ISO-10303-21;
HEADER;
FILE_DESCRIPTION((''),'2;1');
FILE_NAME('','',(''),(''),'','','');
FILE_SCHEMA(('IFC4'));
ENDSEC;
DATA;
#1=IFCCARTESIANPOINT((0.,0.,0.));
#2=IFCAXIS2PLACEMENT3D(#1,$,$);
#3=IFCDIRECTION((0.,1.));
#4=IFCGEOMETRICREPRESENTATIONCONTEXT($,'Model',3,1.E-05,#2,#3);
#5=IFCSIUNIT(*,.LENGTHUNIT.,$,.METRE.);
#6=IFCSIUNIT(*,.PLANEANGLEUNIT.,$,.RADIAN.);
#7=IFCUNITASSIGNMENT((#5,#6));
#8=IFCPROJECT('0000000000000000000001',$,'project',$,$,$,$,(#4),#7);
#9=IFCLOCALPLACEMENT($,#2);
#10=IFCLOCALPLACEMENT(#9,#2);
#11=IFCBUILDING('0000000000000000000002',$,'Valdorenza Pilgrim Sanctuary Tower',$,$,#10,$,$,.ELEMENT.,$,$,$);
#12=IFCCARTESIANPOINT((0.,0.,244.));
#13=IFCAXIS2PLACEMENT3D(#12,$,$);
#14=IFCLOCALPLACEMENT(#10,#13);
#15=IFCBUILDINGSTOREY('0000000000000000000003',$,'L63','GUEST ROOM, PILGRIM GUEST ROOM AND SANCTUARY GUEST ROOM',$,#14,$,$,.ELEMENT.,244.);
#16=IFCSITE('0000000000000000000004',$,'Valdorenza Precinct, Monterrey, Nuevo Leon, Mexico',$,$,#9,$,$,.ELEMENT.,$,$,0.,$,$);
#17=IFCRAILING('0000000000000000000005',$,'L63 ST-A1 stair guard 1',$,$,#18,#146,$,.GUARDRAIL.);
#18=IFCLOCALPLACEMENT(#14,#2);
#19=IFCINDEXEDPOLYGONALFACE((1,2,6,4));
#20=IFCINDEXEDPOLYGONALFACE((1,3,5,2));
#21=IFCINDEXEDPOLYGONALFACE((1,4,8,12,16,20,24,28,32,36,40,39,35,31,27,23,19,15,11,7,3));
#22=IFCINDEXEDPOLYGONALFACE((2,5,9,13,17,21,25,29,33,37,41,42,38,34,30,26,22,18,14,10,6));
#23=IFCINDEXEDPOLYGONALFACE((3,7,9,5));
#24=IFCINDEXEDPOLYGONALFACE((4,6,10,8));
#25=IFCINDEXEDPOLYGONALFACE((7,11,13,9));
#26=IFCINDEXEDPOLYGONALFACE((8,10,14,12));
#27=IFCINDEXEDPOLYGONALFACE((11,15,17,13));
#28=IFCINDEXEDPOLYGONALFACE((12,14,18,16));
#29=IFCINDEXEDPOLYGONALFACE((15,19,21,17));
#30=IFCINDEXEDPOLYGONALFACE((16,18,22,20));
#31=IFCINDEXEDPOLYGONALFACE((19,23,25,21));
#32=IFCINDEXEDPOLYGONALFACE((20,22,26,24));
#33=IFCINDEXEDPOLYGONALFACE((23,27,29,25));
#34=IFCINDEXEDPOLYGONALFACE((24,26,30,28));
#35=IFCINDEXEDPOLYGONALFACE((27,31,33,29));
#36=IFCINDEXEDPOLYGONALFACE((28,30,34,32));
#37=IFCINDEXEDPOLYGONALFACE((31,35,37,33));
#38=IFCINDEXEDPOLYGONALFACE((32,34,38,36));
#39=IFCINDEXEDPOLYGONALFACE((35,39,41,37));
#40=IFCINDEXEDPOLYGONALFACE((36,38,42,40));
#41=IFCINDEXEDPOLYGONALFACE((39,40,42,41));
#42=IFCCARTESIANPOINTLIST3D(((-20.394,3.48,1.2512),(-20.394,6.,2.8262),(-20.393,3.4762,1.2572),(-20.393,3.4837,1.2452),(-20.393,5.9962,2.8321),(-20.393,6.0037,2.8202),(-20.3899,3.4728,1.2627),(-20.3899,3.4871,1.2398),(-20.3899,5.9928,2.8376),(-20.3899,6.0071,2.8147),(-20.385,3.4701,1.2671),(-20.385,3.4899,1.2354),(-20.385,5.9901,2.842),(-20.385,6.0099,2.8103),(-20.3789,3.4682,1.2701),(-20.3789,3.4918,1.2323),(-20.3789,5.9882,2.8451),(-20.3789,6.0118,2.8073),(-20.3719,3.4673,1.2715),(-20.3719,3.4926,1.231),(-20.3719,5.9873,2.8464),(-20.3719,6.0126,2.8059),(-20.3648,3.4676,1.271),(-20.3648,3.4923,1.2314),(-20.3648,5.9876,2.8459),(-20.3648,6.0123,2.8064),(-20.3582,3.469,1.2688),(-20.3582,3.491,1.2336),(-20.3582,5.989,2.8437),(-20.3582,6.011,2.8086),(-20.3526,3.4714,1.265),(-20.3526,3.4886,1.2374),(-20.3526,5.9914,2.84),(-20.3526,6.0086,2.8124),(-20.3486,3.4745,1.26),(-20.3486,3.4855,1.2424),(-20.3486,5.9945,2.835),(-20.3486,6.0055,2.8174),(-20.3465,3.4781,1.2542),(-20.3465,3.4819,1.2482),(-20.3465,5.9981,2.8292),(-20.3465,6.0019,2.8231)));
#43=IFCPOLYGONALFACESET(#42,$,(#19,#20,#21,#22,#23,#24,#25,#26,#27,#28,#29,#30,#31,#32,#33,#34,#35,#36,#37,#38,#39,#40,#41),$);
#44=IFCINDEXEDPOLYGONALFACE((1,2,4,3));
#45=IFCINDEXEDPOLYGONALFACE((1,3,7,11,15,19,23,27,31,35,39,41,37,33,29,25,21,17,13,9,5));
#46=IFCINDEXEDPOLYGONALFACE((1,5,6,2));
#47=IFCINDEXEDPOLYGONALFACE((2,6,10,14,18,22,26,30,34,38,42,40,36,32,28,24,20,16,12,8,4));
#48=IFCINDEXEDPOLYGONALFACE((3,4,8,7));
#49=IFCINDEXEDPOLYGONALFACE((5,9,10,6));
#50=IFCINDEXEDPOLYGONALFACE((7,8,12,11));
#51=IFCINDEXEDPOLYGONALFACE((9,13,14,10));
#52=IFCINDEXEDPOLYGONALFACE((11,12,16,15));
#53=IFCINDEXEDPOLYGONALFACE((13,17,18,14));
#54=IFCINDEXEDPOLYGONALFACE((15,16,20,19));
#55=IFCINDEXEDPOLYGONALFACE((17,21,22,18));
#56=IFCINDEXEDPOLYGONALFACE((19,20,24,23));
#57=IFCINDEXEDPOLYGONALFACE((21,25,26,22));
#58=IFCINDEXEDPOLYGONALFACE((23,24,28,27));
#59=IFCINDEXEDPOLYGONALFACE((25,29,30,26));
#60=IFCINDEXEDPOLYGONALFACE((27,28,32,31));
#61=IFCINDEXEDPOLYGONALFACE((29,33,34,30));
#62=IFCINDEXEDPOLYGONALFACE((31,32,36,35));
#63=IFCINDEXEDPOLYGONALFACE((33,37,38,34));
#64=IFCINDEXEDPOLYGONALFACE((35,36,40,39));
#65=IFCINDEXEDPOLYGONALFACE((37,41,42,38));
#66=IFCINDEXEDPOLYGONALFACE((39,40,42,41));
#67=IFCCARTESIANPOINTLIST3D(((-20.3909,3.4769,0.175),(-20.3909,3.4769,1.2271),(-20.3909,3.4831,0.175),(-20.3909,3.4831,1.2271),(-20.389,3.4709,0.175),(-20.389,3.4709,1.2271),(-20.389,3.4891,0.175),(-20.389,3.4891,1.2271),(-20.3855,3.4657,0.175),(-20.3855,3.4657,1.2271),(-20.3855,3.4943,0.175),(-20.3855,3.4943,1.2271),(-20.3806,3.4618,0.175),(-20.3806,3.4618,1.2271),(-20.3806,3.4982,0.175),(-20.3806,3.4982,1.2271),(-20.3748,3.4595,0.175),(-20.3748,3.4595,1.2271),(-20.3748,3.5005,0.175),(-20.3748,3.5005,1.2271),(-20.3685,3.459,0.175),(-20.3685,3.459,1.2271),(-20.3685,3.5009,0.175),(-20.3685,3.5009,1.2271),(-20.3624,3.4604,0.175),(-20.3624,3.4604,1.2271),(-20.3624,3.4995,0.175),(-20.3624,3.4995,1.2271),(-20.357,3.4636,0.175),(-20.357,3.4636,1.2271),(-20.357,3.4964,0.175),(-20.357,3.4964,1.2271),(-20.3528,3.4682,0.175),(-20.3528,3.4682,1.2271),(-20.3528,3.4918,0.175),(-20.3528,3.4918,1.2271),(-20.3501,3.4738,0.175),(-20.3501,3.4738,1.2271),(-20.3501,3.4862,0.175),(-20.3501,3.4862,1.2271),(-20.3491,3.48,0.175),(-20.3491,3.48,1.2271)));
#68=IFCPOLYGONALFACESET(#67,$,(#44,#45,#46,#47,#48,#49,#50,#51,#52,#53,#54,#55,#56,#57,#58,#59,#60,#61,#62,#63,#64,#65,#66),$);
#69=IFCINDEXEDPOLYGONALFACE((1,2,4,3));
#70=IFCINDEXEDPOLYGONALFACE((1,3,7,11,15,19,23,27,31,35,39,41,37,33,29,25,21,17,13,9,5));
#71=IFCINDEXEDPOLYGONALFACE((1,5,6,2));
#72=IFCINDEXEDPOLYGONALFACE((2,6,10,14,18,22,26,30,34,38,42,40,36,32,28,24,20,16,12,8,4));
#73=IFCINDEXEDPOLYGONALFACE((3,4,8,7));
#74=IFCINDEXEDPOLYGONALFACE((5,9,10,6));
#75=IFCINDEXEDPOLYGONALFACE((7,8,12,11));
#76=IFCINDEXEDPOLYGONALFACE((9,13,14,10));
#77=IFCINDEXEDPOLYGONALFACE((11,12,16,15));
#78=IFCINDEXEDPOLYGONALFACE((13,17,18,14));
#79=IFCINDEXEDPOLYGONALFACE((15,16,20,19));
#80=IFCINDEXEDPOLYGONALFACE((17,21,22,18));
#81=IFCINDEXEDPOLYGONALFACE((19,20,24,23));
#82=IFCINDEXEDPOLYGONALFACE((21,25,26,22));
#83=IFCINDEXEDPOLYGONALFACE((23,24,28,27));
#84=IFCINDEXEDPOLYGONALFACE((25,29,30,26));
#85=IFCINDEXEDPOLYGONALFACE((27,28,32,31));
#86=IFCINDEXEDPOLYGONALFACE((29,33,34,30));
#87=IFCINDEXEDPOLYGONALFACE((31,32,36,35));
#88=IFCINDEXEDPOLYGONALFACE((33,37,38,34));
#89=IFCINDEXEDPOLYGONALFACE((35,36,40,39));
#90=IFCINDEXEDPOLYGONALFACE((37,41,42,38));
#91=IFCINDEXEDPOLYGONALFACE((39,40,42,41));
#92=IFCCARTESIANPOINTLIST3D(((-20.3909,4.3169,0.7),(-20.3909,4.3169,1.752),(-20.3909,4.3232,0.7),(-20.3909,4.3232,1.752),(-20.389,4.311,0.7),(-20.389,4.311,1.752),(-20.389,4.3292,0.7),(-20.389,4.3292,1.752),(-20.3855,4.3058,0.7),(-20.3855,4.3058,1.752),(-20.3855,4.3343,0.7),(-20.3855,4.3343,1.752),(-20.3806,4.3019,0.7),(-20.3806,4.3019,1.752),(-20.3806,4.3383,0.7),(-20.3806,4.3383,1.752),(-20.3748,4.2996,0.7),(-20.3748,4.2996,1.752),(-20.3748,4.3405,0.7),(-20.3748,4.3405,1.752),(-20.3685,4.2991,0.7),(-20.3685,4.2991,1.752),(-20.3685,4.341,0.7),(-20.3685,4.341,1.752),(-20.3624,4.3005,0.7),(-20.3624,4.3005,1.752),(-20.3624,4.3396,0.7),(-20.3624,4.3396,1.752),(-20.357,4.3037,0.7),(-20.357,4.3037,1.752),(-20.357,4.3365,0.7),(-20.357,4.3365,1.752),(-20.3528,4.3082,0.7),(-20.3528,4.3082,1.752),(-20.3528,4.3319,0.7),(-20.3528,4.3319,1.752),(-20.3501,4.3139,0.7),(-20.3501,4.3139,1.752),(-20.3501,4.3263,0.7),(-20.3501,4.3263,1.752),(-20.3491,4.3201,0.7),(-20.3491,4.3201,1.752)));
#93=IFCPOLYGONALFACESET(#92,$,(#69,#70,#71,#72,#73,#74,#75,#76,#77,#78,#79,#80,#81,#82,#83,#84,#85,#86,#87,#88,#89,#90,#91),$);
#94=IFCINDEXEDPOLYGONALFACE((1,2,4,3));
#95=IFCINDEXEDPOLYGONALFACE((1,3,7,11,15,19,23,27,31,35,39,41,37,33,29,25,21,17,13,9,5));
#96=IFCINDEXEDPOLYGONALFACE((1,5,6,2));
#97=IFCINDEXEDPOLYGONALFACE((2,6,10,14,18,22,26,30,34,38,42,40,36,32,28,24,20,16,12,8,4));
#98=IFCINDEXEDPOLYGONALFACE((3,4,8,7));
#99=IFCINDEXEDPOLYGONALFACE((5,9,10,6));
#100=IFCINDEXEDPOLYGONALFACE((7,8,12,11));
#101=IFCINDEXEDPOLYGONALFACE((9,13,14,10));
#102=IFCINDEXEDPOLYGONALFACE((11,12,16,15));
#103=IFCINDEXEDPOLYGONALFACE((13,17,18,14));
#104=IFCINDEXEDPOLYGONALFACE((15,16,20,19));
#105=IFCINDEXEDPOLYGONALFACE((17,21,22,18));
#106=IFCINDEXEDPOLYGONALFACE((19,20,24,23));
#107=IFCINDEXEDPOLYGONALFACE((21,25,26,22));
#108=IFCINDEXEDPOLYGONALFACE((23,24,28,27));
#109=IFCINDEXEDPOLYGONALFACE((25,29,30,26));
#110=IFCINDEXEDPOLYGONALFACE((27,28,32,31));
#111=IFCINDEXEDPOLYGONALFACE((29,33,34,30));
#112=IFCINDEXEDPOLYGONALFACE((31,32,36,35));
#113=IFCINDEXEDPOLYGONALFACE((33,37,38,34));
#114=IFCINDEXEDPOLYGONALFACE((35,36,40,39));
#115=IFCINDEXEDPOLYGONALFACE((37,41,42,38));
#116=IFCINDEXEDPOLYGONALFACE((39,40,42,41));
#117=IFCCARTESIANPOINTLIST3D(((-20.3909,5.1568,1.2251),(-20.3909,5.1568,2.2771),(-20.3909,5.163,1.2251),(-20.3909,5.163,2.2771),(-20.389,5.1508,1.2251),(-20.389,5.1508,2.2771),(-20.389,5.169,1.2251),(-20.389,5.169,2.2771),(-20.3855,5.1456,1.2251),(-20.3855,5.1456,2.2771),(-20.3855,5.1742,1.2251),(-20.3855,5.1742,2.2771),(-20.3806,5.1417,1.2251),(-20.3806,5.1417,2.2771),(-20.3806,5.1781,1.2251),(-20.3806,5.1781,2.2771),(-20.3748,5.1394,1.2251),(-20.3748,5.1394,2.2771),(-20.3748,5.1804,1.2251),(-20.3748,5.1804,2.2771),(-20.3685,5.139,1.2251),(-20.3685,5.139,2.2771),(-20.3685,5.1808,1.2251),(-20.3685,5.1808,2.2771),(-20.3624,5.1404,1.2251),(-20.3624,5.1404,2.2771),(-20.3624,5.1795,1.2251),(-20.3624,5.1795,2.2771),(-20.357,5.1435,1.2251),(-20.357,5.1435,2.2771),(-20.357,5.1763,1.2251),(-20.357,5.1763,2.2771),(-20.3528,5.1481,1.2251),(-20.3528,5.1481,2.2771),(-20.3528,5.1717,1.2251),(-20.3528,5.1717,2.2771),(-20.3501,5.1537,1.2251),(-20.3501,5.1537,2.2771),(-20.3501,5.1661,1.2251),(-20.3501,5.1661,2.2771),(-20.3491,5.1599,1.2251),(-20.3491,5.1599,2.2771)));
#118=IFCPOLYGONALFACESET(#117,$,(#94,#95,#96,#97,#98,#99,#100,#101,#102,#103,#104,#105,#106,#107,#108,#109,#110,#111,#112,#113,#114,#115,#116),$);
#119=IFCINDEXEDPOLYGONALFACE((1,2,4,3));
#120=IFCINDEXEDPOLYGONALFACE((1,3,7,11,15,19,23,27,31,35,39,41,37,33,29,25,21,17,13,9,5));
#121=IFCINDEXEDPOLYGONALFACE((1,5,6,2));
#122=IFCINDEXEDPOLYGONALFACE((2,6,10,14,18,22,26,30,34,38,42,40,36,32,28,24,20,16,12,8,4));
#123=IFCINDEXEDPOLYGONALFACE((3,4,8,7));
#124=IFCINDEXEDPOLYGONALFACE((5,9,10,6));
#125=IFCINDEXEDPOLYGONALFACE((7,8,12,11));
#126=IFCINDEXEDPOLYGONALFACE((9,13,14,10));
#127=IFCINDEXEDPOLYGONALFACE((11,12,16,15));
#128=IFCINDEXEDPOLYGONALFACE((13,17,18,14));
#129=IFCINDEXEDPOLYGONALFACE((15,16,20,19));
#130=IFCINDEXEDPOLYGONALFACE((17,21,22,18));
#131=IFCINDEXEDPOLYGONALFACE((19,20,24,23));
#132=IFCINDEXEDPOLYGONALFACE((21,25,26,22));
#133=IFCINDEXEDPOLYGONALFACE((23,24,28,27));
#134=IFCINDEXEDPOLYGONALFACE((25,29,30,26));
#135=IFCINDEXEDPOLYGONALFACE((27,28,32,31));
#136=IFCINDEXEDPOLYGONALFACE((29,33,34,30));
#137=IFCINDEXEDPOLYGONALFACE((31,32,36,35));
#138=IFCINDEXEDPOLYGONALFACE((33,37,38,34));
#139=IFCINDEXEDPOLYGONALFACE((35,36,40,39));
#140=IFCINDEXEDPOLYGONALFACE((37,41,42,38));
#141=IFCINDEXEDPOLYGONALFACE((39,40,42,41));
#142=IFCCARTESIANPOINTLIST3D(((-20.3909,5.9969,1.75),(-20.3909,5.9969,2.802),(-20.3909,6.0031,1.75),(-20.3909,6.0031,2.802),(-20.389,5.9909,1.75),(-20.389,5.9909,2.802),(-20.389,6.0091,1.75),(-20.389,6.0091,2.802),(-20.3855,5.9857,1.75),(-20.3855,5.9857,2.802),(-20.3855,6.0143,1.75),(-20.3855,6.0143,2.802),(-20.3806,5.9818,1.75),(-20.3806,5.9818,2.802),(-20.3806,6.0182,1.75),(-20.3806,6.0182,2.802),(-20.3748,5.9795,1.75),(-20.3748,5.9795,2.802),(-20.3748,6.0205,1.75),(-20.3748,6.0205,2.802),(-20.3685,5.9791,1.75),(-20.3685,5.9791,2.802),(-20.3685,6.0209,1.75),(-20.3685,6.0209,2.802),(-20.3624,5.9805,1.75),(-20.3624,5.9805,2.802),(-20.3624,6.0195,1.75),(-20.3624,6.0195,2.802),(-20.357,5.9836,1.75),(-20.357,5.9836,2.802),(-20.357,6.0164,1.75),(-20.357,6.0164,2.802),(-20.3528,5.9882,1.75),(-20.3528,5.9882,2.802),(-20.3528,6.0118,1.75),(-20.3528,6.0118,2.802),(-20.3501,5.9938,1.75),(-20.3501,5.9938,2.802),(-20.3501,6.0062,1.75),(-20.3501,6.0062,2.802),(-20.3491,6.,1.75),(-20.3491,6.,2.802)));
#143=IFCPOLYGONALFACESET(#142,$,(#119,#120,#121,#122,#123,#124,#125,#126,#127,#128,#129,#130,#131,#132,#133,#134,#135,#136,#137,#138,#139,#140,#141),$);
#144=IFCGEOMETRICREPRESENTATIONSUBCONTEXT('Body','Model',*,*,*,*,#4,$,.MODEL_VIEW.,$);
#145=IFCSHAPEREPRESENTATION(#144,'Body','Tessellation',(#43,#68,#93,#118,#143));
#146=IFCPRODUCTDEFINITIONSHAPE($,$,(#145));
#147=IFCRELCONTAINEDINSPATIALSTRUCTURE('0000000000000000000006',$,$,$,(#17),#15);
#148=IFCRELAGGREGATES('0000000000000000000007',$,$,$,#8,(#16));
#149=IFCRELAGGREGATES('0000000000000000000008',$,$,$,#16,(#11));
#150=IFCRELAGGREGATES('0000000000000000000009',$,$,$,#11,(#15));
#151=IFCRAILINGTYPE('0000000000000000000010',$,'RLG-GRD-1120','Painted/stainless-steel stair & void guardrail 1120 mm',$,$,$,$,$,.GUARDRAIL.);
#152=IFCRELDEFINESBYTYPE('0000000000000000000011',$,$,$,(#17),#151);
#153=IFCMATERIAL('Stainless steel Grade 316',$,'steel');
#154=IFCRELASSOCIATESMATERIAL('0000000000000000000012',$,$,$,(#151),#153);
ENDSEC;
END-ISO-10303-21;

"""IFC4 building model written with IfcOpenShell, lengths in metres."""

from ifc_helpers import new_model, si_unit, direction, frame, origin, origin_2d, place, context, subcontext, project, spatial, circle, extrude, material, type_object, element, save


model = new_model("IFC4")

# Units and contexts
model_context = context("Model", 3, precision=1e-05, world=origin(), true_north=direction((0.0, 1.0)))
body_context = subcontext(model_context, "Body", "Model", "MODEL_VIEW")
ifc_project = project(units=[si_unit("LENGTHUNIT", "METRE"), si_unit("PLANEANGLEUNIT", "RADIAN")], contexts=[model_context])

# Site, building, storey
site_placement = place(None, origin())
site = spatial("IfcSite", under=ifc_project, at=site_placement, Name="Valdorenza Precinct, Monterrey, Nuevo Leon, Mexico", CompositionType="ELEMENT", RefElevation=0.0)
building_placement = place(site_placement, origin())
building = spatial("IfcBuilding", under=site, at=building_placement, Name="Valdorenza Pilgrim Sanctuary Tower", CompositionType="ELEMENT")
storey_placement = place(building_placement, frame((0.0, 0.0, 244.0)))
storey = spatial("IfcBuildingStorey", under=building, at=storey_placement, Name="L63", Description="GUEST ROOM, PILGRIM GUEST ROOM AND SANCTUARY GUEST ROOM", CompositionType="ELEMENT", Elevation=244.0)

# Railing
ifc_material_1 = material(Name="Stainless steel Grade 316", Category="steel")
railing_type_1 = type_object("IfcRailingType", Name="RLG-GRD-1120", Description="Painted/stainless-steel stair & void guardrail 1120 mm", PredefinedType="GUARDRAIL", material=ifc_material_1)
railing_1_placement = place(storey_placement, frame((-20.3701, 3.48, 0.175)))
element("IfcRailing", 1, at=railing_1_placement, inside=storey, type_object=railing_type_1, Name="L63 ST-A1 stair guard 1", PredefinedType="GUARDRAIL", context=body_context, shape_type="SweptSolid", body=[
    extrude(circle(Radius=0.0239, at=origin_2d()), frame((0.0, 0.0, 1.0762), z_axis=(0.0, 0.848008, 0.529984), x_axis=(-1.0, 0.0, 0.0)), (0.0, 0.0, 1.0), 2.9717),
    extrude(circle(Radius=0.021, at=origin_2d()), origin(), (0.0, 0.0, 1.0), 1.052),
    extrude(circle(Radius=0.021, at=origin_2d()), frame((0.0, 0.8401, 0.5249)), (0.0, 0.0, 1.0), 1.052),
    extrude(circle(Radius=0.021, at=origin_2d()), frame((0.0, 1.6799, 1.05)), (0.0, 0.0, 1.0), 1.052),
    extrude(circle(Radius=0.021, at=origin_2d()), frame((0.0, 2.52, 1.575)), (0.0, 0.0, 1.0), 1.052),
])

save(model, "model.ifc")
